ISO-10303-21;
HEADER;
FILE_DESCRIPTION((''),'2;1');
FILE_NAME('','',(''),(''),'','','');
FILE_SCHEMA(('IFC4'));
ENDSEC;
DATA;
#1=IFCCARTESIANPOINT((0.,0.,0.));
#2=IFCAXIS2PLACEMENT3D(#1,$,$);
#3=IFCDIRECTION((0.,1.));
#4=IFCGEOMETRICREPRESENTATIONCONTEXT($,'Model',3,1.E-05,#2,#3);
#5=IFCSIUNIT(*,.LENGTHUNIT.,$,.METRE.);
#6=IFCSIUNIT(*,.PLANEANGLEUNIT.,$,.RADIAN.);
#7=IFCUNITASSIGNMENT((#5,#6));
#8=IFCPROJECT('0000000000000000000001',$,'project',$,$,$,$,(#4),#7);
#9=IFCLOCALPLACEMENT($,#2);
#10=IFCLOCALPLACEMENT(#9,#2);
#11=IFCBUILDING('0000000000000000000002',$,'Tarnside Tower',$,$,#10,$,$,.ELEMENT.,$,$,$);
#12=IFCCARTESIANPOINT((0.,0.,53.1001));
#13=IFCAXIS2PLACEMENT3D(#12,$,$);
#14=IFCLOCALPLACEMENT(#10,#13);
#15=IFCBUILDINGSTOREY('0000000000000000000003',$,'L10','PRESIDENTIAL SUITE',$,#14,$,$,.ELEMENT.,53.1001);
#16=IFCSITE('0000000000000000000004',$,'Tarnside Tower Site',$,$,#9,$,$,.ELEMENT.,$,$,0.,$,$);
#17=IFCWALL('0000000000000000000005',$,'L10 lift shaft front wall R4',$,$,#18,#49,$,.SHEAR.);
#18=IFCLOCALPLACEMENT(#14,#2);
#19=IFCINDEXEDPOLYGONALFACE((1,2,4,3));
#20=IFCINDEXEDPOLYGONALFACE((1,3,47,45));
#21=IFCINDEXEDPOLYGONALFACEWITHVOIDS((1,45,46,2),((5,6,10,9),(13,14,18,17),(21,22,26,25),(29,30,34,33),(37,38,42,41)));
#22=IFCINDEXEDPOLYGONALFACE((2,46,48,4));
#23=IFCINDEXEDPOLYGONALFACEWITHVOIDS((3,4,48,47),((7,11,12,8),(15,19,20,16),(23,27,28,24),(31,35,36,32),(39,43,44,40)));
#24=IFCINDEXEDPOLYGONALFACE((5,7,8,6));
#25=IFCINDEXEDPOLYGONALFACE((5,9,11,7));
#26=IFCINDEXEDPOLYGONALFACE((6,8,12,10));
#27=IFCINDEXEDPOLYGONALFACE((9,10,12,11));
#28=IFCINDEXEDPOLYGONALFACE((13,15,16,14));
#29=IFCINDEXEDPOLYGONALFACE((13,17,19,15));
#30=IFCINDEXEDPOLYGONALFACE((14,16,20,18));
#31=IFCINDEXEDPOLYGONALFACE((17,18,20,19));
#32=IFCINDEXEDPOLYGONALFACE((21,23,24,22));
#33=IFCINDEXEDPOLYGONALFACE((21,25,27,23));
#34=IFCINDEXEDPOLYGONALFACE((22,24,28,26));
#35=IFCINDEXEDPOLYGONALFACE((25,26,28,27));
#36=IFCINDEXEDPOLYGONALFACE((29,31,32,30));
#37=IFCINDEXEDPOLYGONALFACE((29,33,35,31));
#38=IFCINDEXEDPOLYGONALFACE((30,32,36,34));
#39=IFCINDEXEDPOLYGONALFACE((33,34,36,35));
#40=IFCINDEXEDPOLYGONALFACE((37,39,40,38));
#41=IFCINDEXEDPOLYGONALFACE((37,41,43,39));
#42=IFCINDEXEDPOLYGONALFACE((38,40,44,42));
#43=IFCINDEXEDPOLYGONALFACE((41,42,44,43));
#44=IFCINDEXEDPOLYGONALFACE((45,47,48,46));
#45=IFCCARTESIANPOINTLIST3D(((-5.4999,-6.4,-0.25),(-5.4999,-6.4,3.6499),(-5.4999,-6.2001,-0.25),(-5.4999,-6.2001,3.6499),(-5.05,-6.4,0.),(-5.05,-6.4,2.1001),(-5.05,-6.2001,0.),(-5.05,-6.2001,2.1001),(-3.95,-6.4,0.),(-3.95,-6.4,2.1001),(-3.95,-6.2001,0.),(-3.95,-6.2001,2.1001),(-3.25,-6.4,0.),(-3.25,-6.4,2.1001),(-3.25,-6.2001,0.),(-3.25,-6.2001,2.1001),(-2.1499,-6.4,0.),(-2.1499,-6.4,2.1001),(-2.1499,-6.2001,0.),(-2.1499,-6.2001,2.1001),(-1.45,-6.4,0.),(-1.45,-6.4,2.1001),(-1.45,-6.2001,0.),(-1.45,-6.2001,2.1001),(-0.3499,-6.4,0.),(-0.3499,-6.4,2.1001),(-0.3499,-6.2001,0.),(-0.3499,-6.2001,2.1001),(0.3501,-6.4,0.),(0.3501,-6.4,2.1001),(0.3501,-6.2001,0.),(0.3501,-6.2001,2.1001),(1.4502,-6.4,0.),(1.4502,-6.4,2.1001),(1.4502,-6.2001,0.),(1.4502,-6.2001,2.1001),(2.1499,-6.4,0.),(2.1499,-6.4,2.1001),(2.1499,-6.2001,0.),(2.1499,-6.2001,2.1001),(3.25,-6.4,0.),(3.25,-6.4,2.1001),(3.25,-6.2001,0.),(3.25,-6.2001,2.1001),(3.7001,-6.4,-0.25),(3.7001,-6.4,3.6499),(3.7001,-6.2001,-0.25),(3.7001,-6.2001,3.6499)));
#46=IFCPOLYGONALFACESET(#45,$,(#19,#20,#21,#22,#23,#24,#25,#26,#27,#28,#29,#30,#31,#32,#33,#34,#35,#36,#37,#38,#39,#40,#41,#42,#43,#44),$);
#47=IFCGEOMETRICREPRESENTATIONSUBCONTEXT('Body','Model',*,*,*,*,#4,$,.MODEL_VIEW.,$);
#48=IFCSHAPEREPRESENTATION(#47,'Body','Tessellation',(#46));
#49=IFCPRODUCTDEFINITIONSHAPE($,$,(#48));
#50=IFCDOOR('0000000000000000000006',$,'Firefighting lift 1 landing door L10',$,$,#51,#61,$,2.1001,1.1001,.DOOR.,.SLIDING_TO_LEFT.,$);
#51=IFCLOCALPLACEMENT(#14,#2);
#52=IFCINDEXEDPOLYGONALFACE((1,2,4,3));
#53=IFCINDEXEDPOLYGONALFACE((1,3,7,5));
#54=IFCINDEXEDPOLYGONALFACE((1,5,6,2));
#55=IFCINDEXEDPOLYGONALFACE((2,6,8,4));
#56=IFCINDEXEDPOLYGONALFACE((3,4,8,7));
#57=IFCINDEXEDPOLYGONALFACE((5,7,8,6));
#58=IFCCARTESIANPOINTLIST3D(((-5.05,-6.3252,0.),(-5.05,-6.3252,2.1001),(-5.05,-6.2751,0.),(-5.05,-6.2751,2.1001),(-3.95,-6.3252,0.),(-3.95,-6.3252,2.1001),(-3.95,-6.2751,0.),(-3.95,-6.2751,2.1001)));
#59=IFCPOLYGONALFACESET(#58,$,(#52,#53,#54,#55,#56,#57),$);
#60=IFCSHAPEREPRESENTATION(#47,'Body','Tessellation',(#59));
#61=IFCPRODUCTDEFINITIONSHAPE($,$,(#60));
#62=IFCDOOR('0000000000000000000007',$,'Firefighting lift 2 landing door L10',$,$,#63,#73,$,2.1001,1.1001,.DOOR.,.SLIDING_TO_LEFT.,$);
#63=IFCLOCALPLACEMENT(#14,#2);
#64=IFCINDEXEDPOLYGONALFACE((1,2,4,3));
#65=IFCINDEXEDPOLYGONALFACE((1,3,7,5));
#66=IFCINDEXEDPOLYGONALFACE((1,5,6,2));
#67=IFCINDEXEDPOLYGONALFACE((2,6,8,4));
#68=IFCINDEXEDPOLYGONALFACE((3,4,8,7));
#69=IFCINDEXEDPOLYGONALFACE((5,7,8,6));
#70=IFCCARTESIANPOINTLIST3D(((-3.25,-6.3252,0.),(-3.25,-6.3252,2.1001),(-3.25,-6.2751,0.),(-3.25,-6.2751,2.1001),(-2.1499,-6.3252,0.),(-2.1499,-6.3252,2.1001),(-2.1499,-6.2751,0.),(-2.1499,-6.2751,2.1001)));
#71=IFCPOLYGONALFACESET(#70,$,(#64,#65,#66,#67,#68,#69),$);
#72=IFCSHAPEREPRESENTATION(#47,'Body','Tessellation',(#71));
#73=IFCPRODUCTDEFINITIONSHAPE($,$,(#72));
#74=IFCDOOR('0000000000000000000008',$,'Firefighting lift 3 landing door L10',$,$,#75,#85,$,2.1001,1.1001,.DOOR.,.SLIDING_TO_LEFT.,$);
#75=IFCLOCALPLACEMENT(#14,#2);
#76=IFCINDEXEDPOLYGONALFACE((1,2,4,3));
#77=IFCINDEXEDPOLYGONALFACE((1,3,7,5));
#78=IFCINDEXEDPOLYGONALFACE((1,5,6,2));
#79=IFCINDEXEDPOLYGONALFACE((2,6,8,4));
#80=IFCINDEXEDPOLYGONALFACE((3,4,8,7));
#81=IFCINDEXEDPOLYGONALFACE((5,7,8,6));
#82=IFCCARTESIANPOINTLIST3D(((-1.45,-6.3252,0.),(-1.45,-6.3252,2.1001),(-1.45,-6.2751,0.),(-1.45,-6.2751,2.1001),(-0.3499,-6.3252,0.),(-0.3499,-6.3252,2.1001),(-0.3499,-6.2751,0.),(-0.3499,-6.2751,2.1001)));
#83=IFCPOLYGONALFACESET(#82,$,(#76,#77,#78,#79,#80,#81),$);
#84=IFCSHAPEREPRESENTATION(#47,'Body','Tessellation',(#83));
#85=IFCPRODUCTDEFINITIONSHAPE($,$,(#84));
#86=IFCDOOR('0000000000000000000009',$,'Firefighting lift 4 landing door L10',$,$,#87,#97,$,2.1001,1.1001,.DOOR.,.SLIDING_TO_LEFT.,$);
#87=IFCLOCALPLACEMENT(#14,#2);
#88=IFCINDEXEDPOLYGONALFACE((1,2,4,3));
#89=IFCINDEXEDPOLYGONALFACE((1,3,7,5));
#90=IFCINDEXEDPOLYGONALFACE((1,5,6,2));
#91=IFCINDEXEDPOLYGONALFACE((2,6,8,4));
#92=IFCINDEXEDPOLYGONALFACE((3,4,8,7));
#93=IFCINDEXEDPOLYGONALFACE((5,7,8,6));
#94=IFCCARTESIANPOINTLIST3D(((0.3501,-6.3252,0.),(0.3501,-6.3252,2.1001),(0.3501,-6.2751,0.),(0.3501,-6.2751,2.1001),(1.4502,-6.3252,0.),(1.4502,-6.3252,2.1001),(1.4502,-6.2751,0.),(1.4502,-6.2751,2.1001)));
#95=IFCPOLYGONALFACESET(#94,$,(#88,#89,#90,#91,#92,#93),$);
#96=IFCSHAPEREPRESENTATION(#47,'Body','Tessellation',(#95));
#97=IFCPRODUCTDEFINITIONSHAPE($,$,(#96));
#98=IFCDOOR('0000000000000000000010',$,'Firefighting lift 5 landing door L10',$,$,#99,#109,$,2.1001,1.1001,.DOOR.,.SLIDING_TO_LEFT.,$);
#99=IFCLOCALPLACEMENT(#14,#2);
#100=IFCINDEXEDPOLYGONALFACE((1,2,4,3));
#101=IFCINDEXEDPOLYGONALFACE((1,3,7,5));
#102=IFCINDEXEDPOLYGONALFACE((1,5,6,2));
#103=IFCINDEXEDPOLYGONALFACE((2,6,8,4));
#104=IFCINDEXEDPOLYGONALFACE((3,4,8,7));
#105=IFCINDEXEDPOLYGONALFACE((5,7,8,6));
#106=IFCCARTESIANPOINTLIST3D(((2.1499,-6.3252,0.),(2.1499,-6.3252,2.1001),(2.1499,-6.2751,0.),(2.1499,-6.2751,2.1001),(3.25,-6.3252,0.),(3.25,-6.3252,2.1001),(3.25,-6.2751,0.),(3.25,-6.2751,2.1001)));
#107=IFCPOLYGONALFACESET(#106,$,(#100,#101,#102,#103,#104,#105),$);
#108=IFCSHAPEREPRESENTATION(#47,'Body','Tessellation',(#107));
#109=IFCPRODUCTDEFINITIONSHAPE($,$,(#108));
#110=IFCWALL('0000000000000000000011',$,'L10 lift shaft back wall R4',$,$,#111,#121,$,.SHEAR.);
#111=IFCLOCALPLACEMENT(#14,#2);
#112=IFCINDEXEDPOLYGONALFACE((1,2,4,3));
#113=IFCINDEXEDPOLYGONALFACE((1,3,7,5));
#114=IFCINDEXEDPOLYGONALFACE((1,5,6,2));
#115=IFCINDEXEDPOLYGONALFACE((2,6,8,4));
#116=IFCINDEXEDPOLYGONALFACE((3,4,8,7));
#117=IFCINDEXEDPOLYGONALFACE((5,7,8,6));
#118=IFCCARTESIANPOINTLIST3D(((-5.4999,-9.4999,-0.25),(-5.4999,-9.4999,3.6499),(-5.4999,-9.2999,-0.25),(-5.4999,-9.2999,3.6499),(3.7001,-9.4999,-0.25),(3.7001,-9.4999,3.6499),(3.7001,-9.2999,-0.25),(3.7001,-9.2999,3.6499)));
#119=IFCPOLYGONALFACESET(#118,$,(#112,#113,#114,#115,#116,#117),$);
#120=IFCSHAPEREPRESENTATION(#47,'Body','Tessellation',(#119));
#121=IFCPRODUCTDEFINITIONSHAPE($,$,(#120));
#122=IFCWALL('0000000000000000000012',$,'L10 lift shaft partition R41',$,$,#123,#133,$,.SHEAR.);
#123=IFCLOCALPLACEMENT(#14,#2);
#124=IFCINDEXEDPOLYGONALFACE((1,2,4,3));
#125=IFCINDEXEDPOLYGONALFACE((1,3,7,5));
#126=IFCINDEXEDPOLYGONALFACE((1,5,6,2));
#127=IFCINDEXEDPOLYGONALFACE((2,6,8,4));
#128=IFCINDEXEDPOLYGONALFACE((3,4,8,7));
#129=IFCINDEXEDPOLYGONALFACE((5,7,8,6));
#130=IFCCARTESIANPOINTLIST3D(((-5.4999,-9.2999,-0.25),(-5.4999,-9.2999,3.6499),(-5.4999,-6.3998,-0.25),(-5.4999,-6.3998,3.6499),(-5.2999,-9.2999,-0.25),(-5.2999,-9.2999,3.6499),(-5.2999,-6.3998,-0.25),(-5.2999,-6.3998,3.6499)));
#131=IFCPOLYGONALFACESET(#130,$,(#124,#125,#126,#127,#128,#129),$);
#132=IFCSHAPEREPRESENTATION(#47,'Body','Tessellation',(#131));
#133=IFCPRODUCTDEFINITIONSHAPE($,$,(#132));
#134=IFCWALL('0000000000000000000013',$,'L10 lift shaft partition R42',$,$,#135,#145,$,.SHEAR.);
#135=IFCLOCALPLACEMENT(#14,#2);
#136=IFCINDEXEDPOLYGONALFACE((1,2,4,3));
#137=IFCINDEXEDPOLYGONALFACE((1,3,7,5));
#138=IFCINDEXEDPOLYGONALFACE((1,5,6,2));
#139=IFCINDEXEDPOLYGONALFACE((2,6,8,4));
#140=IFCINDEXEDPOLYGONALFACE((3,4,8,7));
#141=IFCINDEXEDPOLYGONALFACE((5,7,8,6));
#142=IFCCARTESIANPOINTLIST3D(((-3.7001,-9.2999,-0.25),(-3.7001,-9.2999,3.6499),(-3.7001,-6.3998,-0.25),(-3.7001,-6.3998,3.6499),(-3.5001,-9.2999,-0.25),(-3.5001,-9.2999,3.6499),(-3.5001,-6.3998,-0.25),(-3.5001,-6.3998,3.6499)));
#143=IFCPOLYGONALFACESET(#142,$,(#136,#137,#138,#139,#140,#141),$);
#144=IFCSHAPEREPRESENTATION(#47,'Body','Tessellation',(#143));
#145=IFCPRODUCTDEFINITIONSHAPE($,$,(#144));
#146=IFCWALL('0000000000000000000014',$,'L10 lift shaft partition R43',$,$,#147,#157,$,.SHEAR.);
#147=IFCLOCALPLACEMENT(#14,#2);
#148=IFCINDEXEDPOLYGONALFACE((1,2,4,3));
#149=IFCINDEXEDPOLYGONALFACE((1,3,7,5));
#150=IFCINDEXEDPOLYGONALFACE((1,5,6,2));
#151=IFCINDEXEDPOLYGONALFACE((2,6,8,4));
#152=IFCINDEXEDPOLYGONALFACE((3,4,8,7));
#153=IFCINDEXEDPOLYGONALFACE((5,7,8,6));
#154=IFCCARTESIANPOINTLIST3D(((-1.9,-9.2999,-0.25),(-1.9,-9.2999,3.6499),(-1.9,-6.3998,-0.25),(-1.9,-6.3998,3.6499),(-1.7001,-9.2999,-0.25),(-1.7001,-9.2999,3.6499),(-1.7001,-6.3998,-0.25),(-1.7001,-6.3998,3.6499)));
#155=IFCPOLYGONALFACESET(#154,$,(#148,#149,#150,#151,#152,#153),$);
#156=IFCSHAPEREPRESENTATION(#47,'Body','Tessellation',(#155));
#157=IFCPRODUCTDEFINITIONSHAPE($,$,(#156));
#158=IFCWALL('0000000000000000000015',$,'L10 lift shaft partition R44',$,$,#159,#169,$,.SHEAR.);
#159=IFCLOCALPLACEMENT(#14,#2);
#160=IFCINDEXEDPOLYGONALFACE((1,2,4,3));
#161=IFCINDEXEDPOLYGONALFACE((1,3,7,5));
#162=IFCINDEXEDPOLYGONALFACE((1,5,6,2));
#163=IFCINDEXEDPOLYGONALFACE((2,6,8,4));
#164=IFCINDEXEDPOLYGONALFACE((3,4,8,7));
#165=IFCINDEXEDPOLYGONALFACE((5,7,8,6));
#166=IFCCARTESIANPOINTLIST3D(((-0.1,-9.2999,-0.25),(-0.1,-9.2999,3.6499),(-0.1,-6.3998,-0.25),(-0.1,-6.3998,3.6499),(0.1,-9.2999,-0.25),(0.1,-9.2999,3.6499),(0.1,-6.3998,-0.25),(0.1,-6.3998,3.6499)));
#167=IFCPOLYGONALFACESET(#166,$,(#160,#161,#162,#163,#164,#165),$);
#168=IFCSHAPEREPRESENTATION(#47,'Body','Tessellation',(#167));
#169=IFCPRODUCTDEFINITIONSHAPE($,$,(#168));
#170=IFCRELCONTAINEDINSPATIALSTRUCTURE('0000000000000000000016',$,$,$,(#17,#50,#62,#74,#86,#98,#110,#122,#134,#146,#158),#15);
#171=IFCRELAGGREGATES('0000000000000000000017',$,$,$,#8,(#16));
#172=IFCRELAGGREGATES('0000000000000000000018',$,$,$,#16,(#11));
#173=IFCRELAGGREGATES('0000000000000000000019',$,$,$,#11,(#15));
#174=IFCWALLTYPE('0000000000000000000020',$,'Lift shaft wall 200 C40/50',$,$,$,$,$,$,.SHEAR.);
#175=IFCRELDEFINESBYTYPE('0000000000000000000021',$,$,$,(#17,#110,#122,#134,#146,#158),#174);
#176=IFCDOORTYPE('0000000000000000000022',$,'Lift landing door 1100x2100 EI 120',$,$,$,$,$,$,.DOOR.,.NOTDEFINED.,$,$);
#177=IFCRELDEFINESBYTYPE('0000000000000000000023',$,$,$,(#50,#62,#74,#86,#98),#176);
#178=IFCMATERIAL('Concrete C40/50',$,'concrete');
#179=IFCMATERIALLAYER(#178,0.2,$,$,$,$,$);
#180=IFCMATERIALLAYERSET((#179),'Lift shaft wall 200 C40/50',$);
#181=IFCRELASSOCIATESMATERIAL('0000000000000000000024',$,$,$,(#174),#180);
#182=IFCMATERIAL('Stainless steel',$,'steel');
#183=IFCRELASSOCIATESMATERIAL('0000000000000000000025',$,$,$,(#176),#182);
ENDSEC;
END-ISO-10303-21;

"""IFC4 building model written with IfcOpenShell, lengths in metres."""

from ifc_helpers import new_model, si_unit, direction, frame, frame_2d, origin, place, context, subcontext, project, spatial, rectangle, extrude, material, layer, layer_set, type_object, element, fill, save


model = new_model("IFC4")

# Units and contexts
model_context = context("Model", 3, precision=1e-05, world=origin(), true_north=direction((0.0, 1.0)))
body_context = subcontext(model_context, "Body", "Model", "MODEL_VIEW")
ifc_project = project(units=[si_unit("LENGTHUNIT", "METRE"), si_unit("PLANEANGLEUNIT", "RADIAN")], contexts=[model_context])

# Site, building, storey
site_placement = place(None, origin())
site = spatial("IfcSite", under=ifc_project, at=site_placement, Name="Tarnside Tower Site", CompositionType="ELEMENT", RefElevation=0.0)
building_placement = place(site_placement, origin())
building = spatial("IfcBuilding", under=site, at=building_placement, Name="Tarnside Tower", CompositionType="ELEMENT")
storey_placement = place(building_placement, frame((0.0, 0.0, 53.1001)))
storey = spatial("IfcBuildingStorey", under=building, at=storey_placement, Name="L10", Description="PRESIDENTIAL SUITE", CompositionType="ELEMENT", Elevation=53.1001)

# Shared definitions
ifc_material_1 = material(Name="Concrete C40/50", Category="concrete")

# Wall, openings, doors
ifc_layer_1 = layer(ifc_material_1, 0.2)
ifc_layer_set_1 = layer_set([ifc_layer_1], Name="Lift shaft wall 200 C40/50")
wall_type_1 = type_object("IfcWallType", Name="Lift shaft wall 200 C40/50", PredefinedType="SHEAR", material=ifc_layer_set_1)
wall_1_placement = place(storey_placement, frame((-5.5, -6.3, -0.25), z_axis=(0.0, 0.0, 1.0), x_axis=(1.0, 0.0, 0.0)))
wall_1 = element("IfcWall", 1, at=wall_1_placement, inside=storey, type_object=wall_type_1, Name="L10 lift shaft front wall R4", PredefinedType="SHEAR", context=body_context, shape_type="SweptSolid", body=[
    extrude(rectangle(XDim=9.2, YDim=0.2, at=frame_2d((4.6001, 0.0))), origin(), (0.0, 0.0, 1.0), 3.8999),
])
opening_1_placement = place(wall_1_placement, frame((0.45, 0.0, 0.25)))
opening_1 = element("IfcOpeningElement", 2, at=opening_1_placement, cuts=wall_1, PredefinedType="OPENING", context=body_context, shape_type="SweptSolid", body=[
    extrude(rectangle(XDim=1.1001, YDim=2.1001, at=frame_2d((0.55, 1.05))), frame((0.0, 0.1099, 0.0), z_axis=(0.0, -1.0, 0.0), x_axis=(1.0, 0.0, 0.0)), (0.0, 0.0, 1.0), 0.22),
])
opening_2_placement = place(wall_1_placement, frame((2.25, 0.0, 0.25)))
opening_2 = element("IfcOpeningElement", 3, at=opening_2_placement, cuts=wall_1, PredefinedType="OPENING", context=body_context, shape_type="SweptSolid", body=[
    extrude(rectangle(XDim=1.1001, YDim=2.1001, at=frame_2d((0.55, 1.05))), frame((0.0, 0.1099, 0.0), z_axis=(0.0, -1.0, 0.0), x_axis=(1.0, 0.0, 0.0)), (0.0, 0.0, 1.0), 0.22),
])
opening_3_placement = place(wall_1_placement, frame((4.05, 0.0, 0.25)))
opening_3 = element("IfcOpeningElement", 4, at=opening_3_placement, cuts=wall_1, PredefinedType="OPENING", context=body_context, shape_type="SweptSolid", body=[
    extrude(rectangle(XDim=1.1001, YDim=2.1001, at=frame_2d((0.55, 1.05))), frame((0.0, 0.1099, 0.0), z_axis=(0.0, -1.0, 0.0), x_axis=(1.0, 0.0, 0.0)), (0.0, 0.0, 1.0), 0.22),
])
opening_4_placement = place(wall_1_placement, frame((5.8501, 0.0, 0.25)))
opening_4 = element("IfcOpeningElement", 5, at=opening_4_placement, cuts=wall_1, PredefinedType="OPENING", context=body_context, shape_type="SweptSolid", body=[
    extrude(rectangle(XDim=1.1001, YDim=2.1001, at=frame_2d((0.55, 1.05))), frame((0.0, 0.1099, 0.0), z_axis=(0.0, -1.0, 0.0), x_axis=(1.0, 0.0, 0.0)), (0.0, 0.0, 1.0), 0.22),
])
opening_5_placement = place(wall_1_placement, frame((7.6499, 0.0, 0.25)))
opening_5 = element("IfcOpeningElement", 6, at=opening_5_placement, cuts=wall_1, PredefinedType="OPENING", context=body_context, shape_type="SweptSolid", body=[
    extrude(rectangle(XDim=1.1001, YDim=2.1001, at=frame_2d((0.55, 1.05))), frame((0.0, 0.1099, 0.0), z_axis=(0.0, -1.0, 0.0), x_axis=(1.0, 0.0, 0.0)), (0.0, 0.0, 1.0), 0.22),
])
ifc_material_2 = material(Name="Stainless steel", Category="steel")
door_type_1 = type_object("IfcDoorType", Name="Lift landing door 1100x2100 EI 120", OperationType="NOTDEFINED", PredefinedType="DOOR", material=ifc_material_2)
door_1_placement = place(opening_1_placement, origin())
door_1 = element("IfcDoor", 7, at=door_1_placement, inside=storey, type_object=door_type_1, Name="Firefighting lift 1 landing door L10", OperationType="SLIDING_TO_LEFT", OverallHeight=2.1001, OverallWidth=1.1001, PredefinedType="DOOR", context=body_context, shape_type="SweptSolid", body=[
    extrude(rectangle(XDim=1.1001, YDim=2.1001, at=frame_2d((0.55, 1.05))), frame((0.0, 0.0249, 0.0), z_axis=(0.0, -1.0, 0.0), x_axis=(1.0, 0.0, 0.0)), (0.0, 0.0, 1.0), 0.05),
])
fill(opening_1, door_1)
door_2_placement = place(opening_2_placement, origin())
door_2 = element("IfcDoor", 8, at=door_2_placement, inside=storey, type_object=door_type_1, Name="Firefighting lift 2 landing door L10", OperationType="SLIDING_TO_LEFT", OverallHeight=2.1001, OverallWidth=1.1001, PredefinedType="DOOR", context=body_context, shape_type="SweptSolid", body=[
    extrude(rectangle(XDim=1.1001, YDim=2.1001, at=frame_2d((0.55, 1.05))), frame((0.0, 0.0249, 0.0), z_axis=(0.0, -1.0, 0.0), x_axis=(1.0, 0.0, 0.0)), (0.0, 0.0, 1.0), 0.05),
])
fill(opening_2, door_2)
door_3_placement = place(opening_3_placement, origin())
door_3 = element("IfcDoor", 9, at=door_3_placement, inside=storey, type_object=door_type_1, Name="Firefighting lift 3 landing door L10", OperationType="SLIDING_TO_LEFT", OverallHeight=2.1001, OverallWidth=1.1001, PredefinedType="DOOR", context=body_context, shape_type="SweptSolid", body=[
    extrude(rectangle(XDim=1.1001, YDim=2.1001, at=frame_2d((0.55, 1.05))), frame((0.0, 0.0249, 0.0), z_axis=(0.0, -1.0, 0.0), x_axis=(1.0, 0.0, 0.0)), (0.0, 0.0, 1.0), 0.05),
])
fill(opening_3, door_3)
door_4_placement = place(opening_4_placement, origin())
door_4 = element("IfcDoor", 10, at=door_4_placement, inside=storey, type_object=door_type_1, Name="Firefighting lift 4 landing door L10", OperationType="SLIDING_TO_LEFT", OverallHeight=2.1001, OverallWidth=1.1001, PredefinedType="DOOR", context=body_context, shape_type="SweptSolid", body=[
    extrude(rectangle(XDim=1.1001, YDim=2.1001, at=frame_2d((0.55, 1.05))), frame((0.0, 0.0249, 0.0), z_axis=(0.0, -1.0, 0.0), x_axis=(1.0, 0.0, 0.0)), (0.0, 0.0, 1.0), 0.05),
])
fill(opening_4, door_4)
door_5_placement = place(opening_5_placement, origin())
door_5 = element("IfcDoor", 11, at=door_5_placement, inside=storey, type_object=door_type_1, Name="Firefighting lift 5 landing door L10", OperationType="SLIDING_TO_LEFT", OverallHeight=2.1001, OverallWidth=1.1001, PredefinedType="DOOR", context=body_context, shape_type="SweptSolid", body=[
    extrude(rectangle(XDim=1.1001, YDim=2.1001, at=frame_2d((0.55, 1.05))), frame((0.0, 0.0249, 0.0), z_axis=(0.0, -1.0, 0.0), x_axis=(1.0, 0.0, 0.0)), (0.0, 0.0, 1.0), 0.05),
])
fill(opening_5, door_5)

# Walls
wall_2_placement = place(storey_placement, frame((-5.5, -9.3999, -0.25), z_axis=(0.0, 0.0, 1.0), x_axis=(1.0, 0.0, 0.0)))
element("IfcWall", 12, at=wall_2_placement, inside=storey, type_object=wall_type_1, Name="L10 lift shaft back wall R4", PredefinedType="SHEAR", context=body_context, shape_type="SweptSolid", body=[
    extrude(rectangle(XDim=9.2, YDim=0.2, at=frame_2d((4.6001, 0.0))), origin(), (0.0, 0.0, 1.0), 3.8999),
])
for number, where, z_axis, x_axis, name in (
    (13, (-5.3999, -9.3, -0.25), (0.0, 0.0, 1.0), (0.0, 1.0, 0.0), "L10 lift shaft partition R41"),
    (14, (-3.6001, -9.3, -0.25), (0.0, 0.0, 1.0), (0.0, 1.0, 0.0), "L10 lift shaft partition R42"),
    (15, (-1.8, -9.3, -0.25), (0.0, 0.0, 1.0), (0.0, 1.0, 0.0), "L10 lift shaft partition R43"),
    (16, (0.0, -9.3, -0.25), (0.0, 0.0, 1.0), (0.0, 1.0, 0.0), "L10 lift shaft partition R44"),
):
    element("IfcWall", number, at=place(storey_placement, frame(where, z_axis=z_axis, x_axis=x_axis)), inside=storey, type_object=wall_type_1, Name=name, PredefinedType="SHEAR", context=body_context, shape_type="SweptSolid", body=[
        extrude(rectangle(XDim=2.9001, YDim=0.2, at=frame_2d((1.4502, 0.0))), origin(), (0.0, 0.0, 1.0), 3.8999),
    ])

save(model, "model.ifc")
